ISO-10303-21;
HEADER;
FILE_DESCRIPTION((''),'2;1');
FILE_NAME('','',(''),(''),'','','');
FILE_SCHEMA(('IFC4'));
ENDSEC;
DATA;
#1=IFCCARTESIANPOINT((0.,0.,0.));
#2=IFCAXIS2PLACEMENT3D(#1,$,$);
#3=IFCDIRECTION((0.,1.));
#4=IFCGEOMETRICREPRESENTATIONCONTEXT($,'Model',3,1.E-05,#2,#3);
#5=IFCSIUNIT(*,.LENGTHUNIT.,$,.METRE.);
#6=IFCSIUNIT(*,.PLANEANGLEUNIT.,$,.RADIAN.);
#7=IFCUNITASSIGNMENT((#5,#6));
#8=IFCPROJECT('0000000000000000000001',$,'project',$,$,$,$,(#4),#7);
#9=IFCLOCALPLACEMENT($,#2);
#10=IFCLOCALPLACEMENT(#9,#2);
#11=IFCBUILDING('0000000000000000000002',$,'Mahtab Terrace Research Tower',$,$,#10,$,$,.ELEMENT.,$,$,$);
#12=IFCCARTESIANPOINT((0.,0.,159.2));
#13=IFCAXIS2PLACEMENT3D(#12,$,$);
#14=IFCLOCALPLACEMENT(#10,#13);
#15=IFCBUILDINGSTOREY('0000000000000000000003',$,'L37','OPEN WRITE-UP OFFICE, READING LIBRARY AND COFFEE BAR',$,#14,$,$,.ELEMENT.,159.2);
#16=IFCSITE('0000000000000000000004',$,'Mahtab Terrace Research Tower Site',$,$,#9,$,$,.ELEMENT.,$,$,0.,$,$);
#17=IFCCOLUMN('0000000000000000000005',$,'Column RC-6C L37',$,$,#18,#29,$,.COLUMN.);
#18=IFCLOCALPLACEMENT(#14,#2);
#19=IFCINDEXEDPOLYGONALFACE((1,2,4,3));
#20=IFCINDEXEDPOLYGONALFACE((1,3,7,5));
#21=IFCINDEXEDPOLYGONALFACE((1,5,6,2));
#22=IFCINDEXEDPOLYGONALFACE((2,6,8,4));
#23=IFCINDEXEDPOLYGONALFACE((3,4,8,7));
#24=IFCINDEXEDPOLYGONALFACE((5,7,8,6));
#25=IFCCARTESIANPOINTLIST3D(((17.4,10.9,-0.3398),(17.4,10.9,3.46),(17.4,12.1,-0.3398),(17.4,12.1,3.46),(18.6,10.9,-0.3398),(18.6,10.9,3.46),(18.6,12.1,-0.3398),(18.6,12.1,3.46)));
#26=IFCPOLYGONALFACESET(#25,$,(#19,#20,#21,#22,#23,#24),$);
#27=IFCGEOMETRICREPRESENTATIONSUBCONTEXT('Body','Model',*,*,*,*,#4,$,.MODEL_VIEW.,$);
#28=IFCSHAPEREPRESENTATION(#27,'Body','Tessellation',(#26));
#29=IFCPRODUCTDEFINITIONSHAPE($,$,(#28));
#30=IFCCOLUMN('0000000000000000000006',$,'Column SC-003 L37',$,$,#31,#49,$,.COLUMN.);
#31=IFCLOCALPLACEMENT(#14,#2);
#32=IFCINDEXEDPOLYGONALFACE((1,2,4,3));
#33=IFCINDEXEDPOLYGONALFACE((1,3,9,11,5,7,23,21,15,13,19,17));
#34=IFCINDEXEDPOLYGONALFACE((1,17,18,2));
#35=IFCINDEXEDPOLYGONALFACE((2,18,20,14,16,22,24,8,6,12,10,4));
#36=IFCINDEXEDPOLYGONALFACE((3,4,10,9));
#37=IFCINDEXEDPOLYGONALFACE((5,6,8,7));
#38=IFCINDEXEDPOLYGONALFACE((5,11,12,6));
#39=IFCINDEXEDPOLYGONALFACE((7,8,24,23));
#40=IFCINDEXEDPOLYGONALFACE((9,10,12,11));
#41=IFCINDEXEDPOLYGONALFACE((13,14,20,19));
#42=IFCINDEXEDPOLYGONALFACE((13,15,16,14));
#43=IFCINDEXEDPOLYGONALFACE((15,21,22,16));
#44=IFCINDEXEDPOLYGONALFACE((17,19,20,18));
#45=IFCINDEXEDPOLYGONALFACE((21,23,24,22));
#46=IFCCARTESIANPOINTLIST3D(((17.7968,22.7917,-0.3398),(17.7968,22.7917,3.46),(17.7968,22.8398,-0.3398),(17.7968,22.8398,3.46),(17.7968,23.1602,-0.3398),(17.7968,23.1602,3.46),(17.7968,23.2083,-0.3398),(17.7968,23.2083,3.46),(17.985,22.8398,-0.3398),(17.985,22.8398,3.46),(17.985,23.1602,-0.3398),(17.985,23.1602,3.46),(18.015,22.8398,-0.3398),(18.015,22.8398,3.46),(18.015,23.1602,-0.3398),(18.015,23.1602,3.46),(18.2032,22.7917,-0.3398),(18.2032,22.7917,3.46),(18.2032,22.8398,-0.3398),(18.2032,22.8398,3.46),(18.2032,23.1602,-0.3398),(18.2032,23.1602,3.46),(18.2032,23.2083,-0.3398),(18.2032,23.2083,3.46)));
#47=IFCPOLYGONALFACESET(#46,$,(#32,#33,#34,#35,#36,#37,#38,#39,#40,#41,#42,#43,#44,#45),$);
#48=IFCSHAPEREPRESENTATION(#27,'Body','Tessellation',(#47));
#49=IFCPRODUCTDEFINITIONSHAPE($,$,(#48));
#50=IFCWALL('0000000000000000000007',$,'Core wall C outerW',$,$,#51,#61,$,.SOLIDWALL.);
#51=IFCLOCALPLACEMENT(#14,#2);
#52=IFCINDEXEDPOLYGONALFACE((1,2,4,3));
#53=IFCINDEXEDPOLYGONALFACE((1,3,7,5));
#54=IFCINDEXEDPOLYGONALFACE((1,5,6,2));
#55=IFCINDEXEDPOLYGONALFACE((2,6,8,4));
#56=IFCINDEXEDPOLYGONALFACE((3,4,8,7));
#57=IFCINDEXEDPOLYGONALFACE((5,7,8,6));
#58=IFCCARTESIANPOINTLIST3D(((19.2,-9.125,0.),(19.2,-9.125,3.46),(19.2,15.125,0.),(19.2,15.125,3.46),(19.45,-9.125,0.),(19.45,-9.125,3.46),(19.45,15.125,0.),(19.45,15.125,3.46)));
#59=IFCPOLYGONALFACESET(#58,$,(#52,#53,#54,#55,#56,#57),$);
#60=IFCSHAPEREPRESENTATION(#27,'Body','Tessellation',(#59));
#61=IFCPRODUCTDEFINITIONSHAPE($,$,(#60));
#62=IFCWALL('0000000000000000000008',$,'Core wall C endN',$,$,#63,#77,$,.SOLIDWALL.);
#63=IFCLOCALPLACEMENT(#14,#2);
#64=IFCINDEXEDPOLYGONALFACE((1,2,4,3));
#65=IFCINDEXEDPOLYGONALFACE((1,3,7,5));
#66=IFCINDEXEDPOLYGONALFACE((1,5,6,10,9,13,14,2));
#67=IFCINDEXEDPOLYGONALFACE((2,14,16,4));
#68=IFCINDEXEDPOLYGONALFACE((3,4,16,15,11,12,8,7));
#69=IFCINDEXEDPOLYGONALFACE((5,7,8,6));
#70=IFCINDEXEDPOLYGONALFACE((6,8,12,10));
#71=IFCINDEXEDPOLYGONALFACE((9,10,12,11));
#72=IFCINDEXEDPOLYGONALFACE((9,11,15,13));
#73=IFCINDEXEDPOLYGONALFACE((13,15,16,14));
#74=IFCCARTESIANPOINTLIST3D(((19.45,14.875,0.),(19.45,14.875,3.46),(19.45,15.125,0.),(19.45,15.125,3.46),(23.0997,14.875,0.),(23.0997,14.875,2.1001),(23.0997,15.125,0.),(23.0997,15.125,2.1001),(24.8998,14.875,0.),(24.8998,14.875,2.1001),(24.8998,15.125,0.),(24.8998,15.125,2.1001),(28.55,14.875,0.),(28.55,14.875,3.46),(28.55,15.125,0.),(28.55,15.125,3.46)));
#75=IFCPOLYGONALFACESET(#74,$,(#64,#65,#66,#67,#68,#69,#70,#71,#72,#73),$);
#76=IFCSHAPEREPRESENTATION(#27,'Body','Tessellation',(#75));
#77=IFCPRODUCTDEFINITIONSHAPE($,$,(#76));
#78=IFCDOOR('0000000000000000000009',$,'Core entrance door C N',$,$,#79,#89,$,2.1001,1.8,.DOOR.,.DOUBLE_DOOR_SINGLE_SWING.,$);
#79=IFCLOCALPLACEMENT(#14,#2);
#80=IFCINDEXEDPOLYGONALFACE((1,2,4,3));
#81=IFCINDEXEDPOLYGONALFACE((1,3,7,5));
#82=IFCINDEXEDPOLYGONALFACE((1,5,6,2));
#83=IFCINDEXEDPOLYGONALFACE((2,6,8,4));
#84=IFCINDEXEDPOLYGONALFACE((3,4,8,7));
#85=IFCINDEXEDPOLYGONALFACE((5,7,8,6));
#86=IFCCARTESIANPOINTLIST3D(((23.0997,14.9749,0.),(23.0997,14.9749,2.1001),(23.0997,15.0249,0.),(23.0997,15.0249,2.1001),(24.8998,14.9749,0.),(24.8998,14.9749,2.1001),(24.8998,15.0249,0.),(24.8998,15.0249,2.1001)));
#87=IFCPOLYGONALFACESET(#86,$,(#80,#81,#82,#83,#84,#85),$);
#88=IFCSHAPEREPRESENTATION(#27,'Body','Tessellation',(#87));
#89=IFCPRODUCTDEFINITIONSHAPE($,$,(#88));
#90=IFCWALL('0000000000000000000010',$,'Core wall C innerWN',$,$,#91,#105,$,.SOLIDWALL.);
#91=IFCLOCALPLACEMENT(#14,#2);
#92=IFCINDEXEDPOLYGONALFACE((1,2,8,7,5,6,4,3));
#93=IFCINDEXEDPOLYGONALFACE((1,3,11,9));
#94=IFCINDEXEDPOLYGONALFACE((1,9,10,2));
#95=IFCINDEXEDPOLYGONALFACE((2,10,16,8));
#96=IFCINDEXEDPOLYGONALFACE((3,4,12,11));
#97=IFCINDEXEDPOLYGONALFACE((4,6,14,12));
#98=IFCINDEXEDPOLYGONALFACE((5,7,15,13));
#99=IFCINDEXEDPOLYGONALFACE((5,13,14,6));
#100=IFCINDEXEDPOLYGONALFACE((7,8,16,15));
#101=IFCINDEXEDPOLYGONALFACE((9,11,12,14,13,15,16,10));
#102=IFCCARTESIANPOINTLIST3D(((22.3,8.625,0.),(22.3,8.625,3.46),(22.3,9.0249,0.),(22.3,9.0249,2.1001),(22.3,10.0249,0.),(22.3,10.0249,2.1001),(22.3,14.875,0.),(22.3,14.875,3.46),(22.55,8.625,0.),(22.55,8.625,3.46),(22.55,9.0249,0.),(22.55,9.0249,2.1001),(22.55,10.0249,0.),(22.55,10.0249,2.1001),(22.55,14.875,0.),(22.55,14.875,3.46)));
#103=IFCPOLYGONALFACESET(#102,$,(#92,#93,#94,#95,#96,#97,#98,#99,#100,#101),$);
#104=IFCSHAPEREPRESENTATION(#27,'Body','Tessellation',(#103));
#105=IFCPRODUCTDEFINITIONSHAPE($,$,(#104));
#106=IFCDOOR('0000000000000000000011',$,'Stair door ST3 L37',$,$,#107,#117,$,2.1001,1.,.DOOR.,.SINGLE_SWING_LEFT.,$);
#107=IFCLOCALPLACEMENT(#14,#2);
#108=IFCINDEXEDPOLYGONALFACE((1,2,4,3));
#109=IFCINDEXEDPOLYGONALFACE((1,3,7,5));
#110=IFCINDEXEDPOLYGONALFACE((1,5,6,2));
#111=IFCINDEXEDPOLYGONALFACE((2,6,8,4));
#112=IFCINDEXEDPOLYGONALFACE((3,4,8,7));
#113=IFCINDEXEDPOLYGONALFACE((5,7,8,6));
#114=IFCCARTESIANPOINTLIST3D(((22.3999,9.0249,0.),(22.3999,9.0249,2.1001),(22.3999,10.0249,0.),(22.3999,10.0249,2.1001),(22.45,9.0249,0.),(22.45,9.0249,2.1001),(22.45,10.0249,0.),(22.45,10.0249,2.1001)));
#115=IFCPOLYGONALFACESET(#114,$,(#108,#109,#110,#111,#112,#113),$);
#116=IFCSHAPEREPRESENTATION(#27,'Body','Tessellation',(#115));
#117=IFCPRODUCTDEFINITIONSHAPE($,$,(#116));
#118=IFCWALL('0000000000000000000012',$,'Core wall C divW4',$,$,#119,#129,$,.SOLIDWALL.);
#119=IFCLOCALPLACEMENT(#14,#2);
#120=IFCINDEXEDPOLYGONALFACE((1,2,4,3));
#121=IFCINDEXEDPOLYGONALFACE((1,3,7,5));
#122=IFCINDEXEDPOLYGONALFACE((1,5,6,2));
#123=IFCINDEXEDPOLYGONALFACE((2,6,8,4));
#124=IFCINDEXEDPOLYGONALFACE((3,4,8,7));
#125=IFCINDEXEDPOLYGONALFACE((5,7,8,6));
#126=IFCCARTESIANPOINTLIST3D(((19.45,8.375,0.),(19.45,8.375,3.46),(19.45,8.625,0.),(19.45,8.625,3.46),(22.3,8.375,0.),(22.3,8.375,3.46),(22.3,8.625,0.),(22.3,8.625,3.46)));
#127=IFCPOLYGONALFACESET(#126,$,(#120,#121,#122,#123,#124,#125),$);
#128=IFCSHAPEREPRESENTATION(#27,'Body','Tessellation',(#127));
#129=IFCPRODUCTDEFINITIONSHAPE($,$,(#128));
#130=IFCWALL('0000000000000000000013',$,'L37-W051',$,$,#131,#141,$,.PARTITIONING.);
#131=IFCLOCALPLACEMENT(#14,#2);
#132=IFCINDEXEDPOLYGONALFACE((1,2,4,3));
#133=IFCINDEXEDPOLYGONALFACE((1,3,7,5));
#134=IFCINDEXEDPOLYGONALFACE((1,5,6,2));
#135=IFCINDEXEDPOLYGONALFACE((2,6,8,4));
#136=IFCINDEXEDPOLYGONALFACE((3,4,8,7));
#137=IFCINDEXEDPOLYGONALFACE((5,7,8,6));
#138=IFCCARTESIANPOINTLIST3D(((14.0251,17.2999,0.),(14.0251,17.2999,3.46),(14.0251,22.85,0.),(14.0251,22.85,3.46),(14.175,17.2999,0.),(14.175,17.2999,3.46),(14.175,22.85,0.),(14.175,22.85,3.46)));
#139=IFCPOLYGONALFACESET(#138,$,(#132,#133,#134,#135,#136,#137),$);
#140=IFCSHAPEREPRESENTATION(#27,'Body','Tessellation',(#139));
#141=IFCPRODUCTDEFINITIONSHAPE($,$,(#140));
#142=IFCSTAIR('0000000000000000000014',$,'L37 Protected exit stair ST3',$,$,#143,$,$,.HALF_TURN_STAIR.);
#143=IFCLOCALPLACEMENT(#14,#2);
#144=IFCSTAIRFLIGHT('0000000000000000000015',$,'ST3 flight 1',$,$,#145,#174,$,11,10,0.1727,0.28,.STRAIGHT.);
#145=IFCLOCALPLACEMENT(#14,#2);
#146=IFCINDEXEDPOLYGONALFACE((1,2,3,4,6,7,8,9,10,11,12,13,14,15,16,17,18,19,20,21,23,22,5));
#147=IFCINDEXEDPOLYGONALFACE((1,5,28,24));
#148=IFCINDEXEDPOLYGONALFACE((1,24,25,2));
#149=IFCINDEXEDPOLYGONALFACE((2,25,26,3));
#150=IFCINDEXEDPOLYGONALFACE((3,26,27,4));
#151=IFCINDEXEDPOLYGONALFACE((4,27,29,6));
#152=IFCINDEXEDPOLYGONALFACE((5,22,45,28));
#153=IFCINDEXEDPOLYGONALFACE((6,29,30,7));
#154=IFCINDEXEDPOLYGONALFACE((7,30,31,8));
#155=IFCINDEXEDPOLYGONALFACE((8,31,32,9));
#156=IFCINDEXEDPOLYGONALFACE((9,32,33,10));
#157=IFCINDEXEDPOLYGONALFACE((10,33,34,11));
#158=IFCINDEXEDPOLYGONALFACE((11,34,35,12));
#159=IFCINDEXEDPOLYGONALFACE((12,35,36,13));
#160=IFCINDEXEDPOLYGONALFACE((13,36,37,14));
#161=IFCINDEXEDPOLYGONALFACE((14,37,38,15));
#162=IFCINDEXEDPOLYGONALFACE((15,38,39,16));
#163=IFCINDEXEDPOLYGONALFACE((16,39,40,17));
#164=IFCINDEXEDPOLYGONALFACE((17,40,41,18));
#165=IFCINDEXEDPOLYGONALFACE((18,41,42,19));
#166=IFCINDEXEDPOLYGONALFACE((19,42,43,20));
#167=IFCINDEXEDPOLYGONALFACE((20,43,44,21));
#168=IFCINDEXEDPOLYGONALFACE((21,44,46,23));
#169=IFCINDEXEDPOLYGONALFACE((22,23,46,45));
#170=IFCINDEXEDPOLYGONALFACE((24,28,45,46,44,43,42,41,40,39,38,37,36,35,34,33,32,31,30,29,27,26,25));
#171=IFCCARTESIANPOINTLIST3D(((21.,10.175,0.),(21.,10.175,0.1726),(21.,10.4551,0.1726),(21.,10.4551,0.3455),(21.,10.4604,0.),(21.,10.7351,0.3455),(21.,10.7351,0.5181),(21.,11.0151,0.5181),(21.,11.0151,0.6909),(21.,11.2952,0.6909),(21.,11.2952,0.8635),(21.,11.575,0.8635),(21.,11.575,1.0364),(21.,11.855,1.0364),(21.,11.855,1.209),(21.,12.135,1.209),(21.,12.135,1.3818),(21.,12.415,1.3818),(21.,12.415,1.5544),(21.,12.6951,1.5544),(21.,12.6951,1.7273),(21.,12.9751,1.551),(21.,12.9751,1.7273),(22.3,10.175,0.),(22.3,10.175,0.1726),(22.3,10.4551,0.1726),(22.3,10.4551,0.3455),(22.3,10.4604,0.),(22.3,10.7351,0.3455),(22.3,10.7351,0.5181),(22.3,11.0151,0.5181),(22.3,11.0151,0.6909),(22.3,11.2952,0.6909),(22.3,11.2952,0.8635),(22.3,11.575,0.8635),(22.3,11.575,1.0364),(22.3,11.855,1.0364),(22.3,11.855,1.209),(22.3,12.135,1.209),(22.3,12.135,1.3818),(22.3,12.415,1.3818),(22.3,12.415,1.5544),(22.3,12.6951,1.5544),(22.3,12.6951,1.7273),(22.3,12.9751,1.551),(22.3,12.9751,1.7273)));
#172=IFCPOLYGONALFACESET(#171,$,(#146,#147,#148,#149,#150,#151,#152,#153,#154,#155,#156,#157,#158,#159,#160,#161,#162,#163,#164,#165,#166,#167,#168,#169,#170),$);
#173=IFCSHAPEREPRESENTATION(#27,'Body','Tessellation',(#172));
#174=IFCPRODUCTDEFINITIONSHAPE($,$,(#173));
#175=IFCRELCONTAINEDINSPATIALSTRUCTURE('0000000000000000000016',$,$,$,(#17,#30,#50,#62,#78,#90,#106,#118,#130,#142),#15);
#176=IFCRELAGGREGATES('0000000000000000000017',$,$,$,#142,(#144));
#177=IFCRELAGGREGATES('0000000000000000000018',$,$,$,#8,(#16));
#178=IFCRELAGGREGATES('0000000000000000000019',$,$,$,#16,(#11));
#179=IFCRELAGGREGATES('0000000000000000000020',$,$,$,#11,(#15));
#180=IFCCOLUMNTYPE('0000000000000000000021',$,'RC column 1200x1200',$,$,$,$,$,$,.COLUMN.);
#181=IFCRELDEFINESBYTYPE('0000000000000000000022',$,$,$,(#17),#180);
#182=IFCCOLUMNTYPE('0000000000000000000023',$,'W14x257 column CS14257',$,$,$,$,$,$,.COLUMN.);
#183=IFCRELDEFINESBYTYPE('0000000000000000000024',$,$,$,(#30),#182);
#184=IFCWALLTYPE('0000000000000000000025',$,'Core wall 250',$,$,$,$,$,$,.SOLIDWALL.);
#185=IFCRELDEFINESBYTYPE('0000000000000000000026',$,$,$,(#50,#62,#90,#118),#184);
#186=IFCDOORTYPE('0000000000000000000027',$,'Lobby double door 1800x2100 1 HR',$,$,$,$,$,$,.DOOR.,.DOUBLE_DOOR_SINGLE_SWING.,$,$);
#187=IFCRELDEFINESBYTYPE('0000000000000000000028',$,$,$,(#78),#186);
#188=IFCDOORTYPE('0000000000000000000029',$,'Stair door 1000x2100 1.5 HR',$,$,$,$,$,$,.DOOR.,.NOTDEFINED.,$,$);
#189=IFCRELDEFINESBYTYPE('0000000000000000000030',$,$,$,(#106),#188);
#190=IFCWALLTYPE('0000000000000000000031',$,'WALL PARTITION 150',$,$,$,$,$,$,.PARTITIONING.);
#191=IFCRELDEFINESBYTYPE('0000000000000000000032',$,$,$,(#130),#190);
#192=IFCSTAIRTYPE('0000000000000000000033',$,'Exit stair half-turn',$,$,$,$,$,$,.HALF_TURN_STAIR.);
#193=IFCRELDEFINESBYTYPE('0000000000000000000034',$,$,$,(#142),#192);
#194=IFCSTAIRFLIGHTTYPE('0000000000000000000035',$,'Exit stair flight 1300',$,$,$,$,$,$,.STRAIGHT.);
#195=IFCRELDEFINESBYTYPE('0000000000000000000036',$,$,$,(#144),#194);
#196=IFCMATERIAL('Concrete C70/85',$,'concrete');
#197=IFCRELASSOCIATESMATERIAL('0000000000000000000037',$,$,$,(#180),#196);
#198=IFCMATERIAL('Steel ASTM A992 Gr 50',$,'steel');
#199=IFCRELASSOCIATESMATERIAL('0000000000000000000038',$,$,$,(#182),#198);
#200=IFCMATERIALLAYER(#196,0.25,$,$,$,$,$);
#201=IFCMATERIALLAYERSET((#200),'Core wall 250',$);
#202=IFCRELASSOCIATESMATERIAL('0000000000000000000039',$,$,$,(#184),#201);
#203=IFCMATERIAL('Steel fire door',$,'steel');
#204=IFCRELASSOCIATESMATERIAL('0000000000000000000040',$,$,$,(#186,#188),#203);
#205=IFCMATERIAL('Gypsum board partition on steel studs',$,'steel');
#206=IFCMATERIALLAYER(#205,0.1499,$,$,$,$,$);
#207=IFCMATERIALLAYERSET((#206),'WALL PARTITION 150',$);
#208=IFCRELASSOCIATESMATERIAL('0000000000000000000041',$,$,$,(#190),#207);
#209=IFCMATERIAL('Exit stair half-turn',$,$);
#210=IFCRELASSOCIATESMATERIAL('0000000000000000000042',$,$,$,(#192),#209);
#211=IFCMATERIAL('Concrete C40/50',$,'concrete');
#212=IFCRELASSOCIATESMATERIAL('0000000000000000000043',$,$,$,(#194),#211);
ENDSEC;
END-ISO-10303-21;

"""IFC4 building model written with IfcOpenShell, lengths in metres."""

from ifc_helpers import new_model, si_unit, direction, frame, frame_2d, origin, origin_2d, place, context, subcontext, project, spatial, polyline, rectangle, i_section, outline, extrude, material, layer, layer_set, material_profile, profile_set, type_object, element, fill, aggregate, save


model = new_model("IFC4")

# Units and contexts
model_context = context("Model", 3, precision=1e-05, world=origin(), true_north=direction((0.0, 1.0)))
body_context = subcontext(model_context, "Body", "Model", "MODEL_VIEW")
ifc_project = project(units=[si_unit("LENGTHUNIT", "METRE"), si_unit("PLANEANGLEUNIT", "RADIAN")], contexts=[model_context])

# Site, building, storey
site_placement = place(None, origin())
site = spatial("IfcSite", under=ifc_project, at=site_placement, Name="Mahtab Terrace Research Tower Site", CompositionType="ELEMENT", RefElevation=0.0)
building_placement = place(site_placement, origin())
building = spatial("IfcBuilding", under=site, at=building_placement, Name="Mahtab Terrace Research Tower", CompositionType="ELEMENT")
storey_placement = place(building_placement, frame((0.0, 0.0, 159.2)))
storey = spatial("IfcBuildingStorey", under=building, at=storey_placement, Name="L37", Description="OPEN WRITE-UP OFFICE, READING LIBRARY AND COFFEE BAR", CompositionType="ELEMENT", Elevation=159.2)

# Columns
ifc_material_1 = material(Name="Concrete C70/85", Category="concrete")
ifc_material_profile_1 = material_profile(ifc_material_1, rectangle(XDim=1.2, YDim=1.2, at=origin_2d()), Name="RC column 1200x1200")
ifc_profile_set_1 = profile_set([ifc_material_profile_1], Name="Concrete C70/85")
column_type_1 = type_object("IfcColumnType", Name="RC column 1200x1200", PredefinedType="COLUMN", material=ifc_profile_set_1)
column_1_placement = place(storey_placement, frame((18.0, 11.5, -0.3398), z_axis=(0.0, 0.0, 1.0), x_axis=(1.0, 0.0, 0.0)))
element("IfcColumn", 1, at=column_1_placement, inside=storey, type_object=column_type_1, Name="Column RC-6C L37", PredefinedType="COLUMN", context=body_context, shape_type="SweptSolid", body=[
    extrude(rectangle(XDim=1.2, YDim=1.2, at=origin_2d()), origin(), (0.0, 0.0, 1.0), 3.7998),
])
ifc_material_2 = material(Name="Steel ASTM A992 Gr 50", Category="steel")
ifc_material_profile_2 = material_profile(ifc_material_2, i_section(OverallWidth=0.4065, OverallDepth=0.4165, WebThickness=0.03, FlangeThickness=0.0481, at=origin_2d()), Name="W14X257")
ifc_profile_set_2 = profile_set([ifc_material_profile_2], Name="Steel ASTM A992 Gr 50")
column_type_2 = type_object("IfcColumnType", Name="W14x257 column CS14257", PredefinedType="COLUMN", material=ifc_profile_set_2)
column_2_placement = place(storey_placement, frame((18.0, 23.0, -0.3398), z_axis=(0.0, 0.0, 1.0), x_axis=(1.0, 0.0, 0.0)))
element("IfcColumn", 2, at=column_2_placement, inside=storey, type_object=column_type_2, Name="Column SC-003 L37", PredefinedType="COLUMN", context=body_context, shape_type="SweptSolid", body=[
    extrude(i_section(OverallWidth=0.4065, OverallDepth=0.4165, WebThickness=0.03, FlangeThickness=0.0481, at=origin_2d()), origin(), (0.0, 0.0, 1.0), 3.7998),
])

# Wall
ifc_layer_1 = layer(ifc_material_1, 0.25)
ifc_layer_set_1 = layer_set([ifc_layer_1], Name="Core wall 250")
wall_type_1 = type_object("IfcWallType", Name="Core wall 250", PredefinedType="SOLIDWALL", material=ifc_layer_set_1)
wall_1_placement = place(storey_placement, frame((19.325, 15.125, 0.0), z_axis=(0.0, 0.0, 1.0), x_axis=(0.0, -1.0, 0.0)))
element("IfcWall", 3, at=wall_1_placement, inside=storey, type_object=wall_type_1, Name="Core wall C outerW", PredefinedType="SOLIDWALL", context=body_context, shape_type="SweptSolid", body=[
    extrude(rectangle(XDim=24.25, YDim=0.25, at=frame_2d((12.125, 0.0))), origin(), (0.0, 0.0, 1.0), 3.46),
])

# Walls, openings, doors
wall_2_placement = place(storey_placement, frame((19.45, 15.0, 0.0), z_axis=(0.0, 0.0, 1.0), x_axis=(1.0, 0.0, 0.0)))
wall_2 = element("IfcWall", 4, at=wall_2_placement, inside=storey, type_object=wall_type_1, Name="Core wall C endN", PredefinedType="SOLIDWALL", context=body_context, shape_type="SweptSolid", body=[
    extrude(rectangle(XDim=9.1001, YDim=0.25, at=frame_2d((4.55, 0.0))), origin(), (0.0, 0.0, 1.0), 3.46),
])
opening_1_placement = place(wall_2_placement, frame((3.6499, 0.0, 0.0)))
opening_1 = element("IfcOpeningElement", 5, at=opening_1_placement, cuts=wall_2, PredefinedType="OPENING", context=body_context, shape_type="SweptSolid", body=[
    extrude(rectangle(XDim=1.8, YDim=2.1001, at=frame_2d((0.8999, 1.05))), frame((0.0, 0.135, 0.0), z_axis=(0.0, -1.0, 0.0), x_axis=(1.0, 0.0, 0.0)), (0.0, 0.0, 1.0), 0.27),
])
ifc_material_3 = material(Name="Steel fire door", Category="steel")
door_type_1 = type_object("IfcDoorType", Name="Lobby double door 1800x2100 1 HR", OperationType="DOUBLE_DOOR_SINGLE_SWING", PredefinedType="DOOR", material=ifc_material_3)
door_1_placement = place(opening_1_placement, origin())
door_1 = element("IfcDoor", 6, at=door_1_placement, inside=storey, type_object=door_type_1, Name="Core entrance door C N", OperationType="DOUBLE_DOOR_SINGLE_SWING", OverallHeight=2.1001, OverallWidth=1.8, PredefinedType="DOOR", context=body_context, shape_type="SweptSolid", body=[
    extrude(rectangle(XDim=1.8, YDim=2.1001, at=frame_2d((0.8999, 1.05))), frame((0.0, 0.0249, 0.0), z_axis=(0.0, -1.0, 0.0), x_axis=(1.0, 0.0, 0.0)), (0.0, 0.0, 1.0), 0.05),
])
fill(opening_1, door_1)
wall_3_placement = place(storey_placement, frame((22.425, 14.875, 0.0), z_axis=(0.0, 0.0, 1.0), x_axis=(0.0, -1.0, 0.0)))
wall_3 = element("IfcWall", 7, at=wall_3_placement, inside=storey, type_object=wall_type_1, Name="Core wall C innerWN", PredefinedType="SOLIDWALL", context=body_context, shape_type="SweptSolid", body=[
    extrude(rectangle(XDim=6.25, YDim=0.25, at=frame_2d((3.125, 0.0))), origin(), (0.0, 0.0, 1.0), 3.46),
])
opening_2_placement = place(wall_3_placement, frame((4.8501, 0.0, 0.0)))
opening_2 = element("IfcOpeningElement", 8, at=opening_2_placement, cuts=wall_3, PredefinedType="OPENING", context=body_context, shape_type="SweptSolid", body=[
    extrude(rectangle(XDim=1.0, YDim=2.1001, at=frame_2d((0.5, 1.05))), frame((0.0, 0.135, 0.0), z_axis=(0.0, -1.0, 0.0), x_axis=(1.0, 0.0, 0.0)), (0.0, 0.0, 1.0), 0.27),
])
door_type_2 = type_object("IfcDoorType", Name="Stair door 1000x2100 1.5 HR", OperationType="NOTDEFINED", PredefinedType="DOOR", material=ifc_material_3)
door_2_placement = place(opening_2_placement, origin())
door_2 = element("IfcDoor", 9, at=door_2_placement, inside=storey, type_object=door_type_2, Name="Stair door ST3 L37", OperationType="SINGLE_SWING_LEFT", OverallHeight=2.1001, OverallWidth=1.0, PredefinedType="DOOR", context=body_context, shape_type="SweptSolid", body=[
    extrude(rectangle(XDim=1.0, YDim=2.1001, at=frame_2d((0.5, 1.05))), frame((0.0, 0.0249, 0.0), z_axis=(0.0, -1.0, 0.0), x_axis=(1.0, 0.0, 0.0)), (0.0, 0.0, 1.0), 0.05),
])
fill(opening_2, door_2)

# Wall
wall_4_placement = place(storey_placement, frame((19.45, 8.5, 0.0), z_axis=(0.0, 0.0, 1.0), x_axis=(1.0, 0.0, 0.0)))
element("IfcWall", 10, at=wall_4_placement, inside=storey, type_object=wall_type_1, Name="Core wall C divW4", PredefinedType="SOLIDWALL", context=body_context, shape_type="SweptSolid", body=[
    extrude(rectangle(XDim=2.8501, YDim=0.25, at=frame_2d((1.425, 0.0))), origin(), (0.0, 0.0, 1.0), 3.46),
])

# Wall
ifc_material_4 = material(Name="Gypsum board partition on steel studs", Category="steel")
ifc_layer_2 = layer(ifc_material_4, 0.1499)
ifc_layer_set_2 = layer_set([ifc_layer_2], Name="WALL PARTITION 150")
wall_type_2 = type_object("IfcWallType", Name="WALL PARTITION 150", PredefinedType="PARTITIONING", material=ifc_layer_set_2)
wall_5_placement = place(storey_placement, frame((14.1001, 17.3, 0.0), z_axis=(0.0, 0.0, 1.0), x_axis=(0.0, 1.0, 0.0)))
element("IfcWall", 11, at=wall_5_placement, inside=storey, type_object=wall_type_2, Name="L37-W051", PredefinedType="PARTITIONING", context=body_context, shape_type="SweptSolid", body=[
    extrude(rectangle(XDim=5.55, YDim=0.1499, at=frame_2d((2.7749, 0.0))), origin(), (0.0, 0.0, 1.0), 3.46),
])

# Stair, stair flight
ifc_material_5 = material(Name="Exit stair half-turn")
stair_type = type_object("IfcStairType", Name="Exit stair half-turn", PredefinedType="HALF_TURN_STAIR", material=ifc_material_5)
stair_placement = place(storey_placement, origin())
stair = element("IfcStair", 12, at=stair_placement, inside=storey, type_object=stair_type, Name="L37 Protected exit stair ST3", PredefinedType="HALF_TURN_STAIR")
ifc_material_6 = material(Name="Concrete C40/50", Category="concrete")
stair_flight_type = type_object("IfcStairFlightType", Name="Exit stair flight 1300", PredefinedType="STRAIGHT", material=ifc_material_6)
stair_flight_1_placement = place(storey_placement, frame((21.6499, 10.175, 0.0), z_axis=(0.0, 0.0, 1.0), x_axis=(0.0, 1.0, 0.0)))
stair_flight_1 = element("IfcStairFlight", 13, at=stair_flight_1_placement, type_object=stair_flight_type, Name="ST3 flight 1", NumberOfRisers=11, NumberOfTreads=10, PredefinedType="STRAIGHT", RiserHeight=0.1727, TreadLength=0.28, context=body_context, shape_type="SweptSolid", body=[
    extrude(outline(polyline([(0.0, 0.0), (0.0, 0.1726), (0.28, 0.1726), (0.28, 0.3455), (0.5601, 0.3455), (0.5601, 0.5181), (0.8401, 0.5181), (0.8401, 0.6909), (1.1201, 0.6909), (1.1201, 0.8635), (1.3999, 0.8635), (1.3999, 1.0364), (1.6799, 1.0364), (1.6799, 1.209), (1.96, 1.209), (1.96, 1.3818), (2.24, 1.3818), (2.24, 1.5544), (2.52, 1.5544), (2.52, 1.7273), (2.8, 1.7273), (2.8, 1.8999), (2.8, 1.551), (0.2854, 0.0), (0.0, 0.0)])), frame((0.0, 0.6499, 0.0), z_axis=(0.0, -1.0, 0.0), x_axis=(1.0, 0.0, 0.0)), (0.0, 0.0, 1.0), 1.3),
])
aggregate(stair, [stair_flight_1])

save(model, "model.ifc")
